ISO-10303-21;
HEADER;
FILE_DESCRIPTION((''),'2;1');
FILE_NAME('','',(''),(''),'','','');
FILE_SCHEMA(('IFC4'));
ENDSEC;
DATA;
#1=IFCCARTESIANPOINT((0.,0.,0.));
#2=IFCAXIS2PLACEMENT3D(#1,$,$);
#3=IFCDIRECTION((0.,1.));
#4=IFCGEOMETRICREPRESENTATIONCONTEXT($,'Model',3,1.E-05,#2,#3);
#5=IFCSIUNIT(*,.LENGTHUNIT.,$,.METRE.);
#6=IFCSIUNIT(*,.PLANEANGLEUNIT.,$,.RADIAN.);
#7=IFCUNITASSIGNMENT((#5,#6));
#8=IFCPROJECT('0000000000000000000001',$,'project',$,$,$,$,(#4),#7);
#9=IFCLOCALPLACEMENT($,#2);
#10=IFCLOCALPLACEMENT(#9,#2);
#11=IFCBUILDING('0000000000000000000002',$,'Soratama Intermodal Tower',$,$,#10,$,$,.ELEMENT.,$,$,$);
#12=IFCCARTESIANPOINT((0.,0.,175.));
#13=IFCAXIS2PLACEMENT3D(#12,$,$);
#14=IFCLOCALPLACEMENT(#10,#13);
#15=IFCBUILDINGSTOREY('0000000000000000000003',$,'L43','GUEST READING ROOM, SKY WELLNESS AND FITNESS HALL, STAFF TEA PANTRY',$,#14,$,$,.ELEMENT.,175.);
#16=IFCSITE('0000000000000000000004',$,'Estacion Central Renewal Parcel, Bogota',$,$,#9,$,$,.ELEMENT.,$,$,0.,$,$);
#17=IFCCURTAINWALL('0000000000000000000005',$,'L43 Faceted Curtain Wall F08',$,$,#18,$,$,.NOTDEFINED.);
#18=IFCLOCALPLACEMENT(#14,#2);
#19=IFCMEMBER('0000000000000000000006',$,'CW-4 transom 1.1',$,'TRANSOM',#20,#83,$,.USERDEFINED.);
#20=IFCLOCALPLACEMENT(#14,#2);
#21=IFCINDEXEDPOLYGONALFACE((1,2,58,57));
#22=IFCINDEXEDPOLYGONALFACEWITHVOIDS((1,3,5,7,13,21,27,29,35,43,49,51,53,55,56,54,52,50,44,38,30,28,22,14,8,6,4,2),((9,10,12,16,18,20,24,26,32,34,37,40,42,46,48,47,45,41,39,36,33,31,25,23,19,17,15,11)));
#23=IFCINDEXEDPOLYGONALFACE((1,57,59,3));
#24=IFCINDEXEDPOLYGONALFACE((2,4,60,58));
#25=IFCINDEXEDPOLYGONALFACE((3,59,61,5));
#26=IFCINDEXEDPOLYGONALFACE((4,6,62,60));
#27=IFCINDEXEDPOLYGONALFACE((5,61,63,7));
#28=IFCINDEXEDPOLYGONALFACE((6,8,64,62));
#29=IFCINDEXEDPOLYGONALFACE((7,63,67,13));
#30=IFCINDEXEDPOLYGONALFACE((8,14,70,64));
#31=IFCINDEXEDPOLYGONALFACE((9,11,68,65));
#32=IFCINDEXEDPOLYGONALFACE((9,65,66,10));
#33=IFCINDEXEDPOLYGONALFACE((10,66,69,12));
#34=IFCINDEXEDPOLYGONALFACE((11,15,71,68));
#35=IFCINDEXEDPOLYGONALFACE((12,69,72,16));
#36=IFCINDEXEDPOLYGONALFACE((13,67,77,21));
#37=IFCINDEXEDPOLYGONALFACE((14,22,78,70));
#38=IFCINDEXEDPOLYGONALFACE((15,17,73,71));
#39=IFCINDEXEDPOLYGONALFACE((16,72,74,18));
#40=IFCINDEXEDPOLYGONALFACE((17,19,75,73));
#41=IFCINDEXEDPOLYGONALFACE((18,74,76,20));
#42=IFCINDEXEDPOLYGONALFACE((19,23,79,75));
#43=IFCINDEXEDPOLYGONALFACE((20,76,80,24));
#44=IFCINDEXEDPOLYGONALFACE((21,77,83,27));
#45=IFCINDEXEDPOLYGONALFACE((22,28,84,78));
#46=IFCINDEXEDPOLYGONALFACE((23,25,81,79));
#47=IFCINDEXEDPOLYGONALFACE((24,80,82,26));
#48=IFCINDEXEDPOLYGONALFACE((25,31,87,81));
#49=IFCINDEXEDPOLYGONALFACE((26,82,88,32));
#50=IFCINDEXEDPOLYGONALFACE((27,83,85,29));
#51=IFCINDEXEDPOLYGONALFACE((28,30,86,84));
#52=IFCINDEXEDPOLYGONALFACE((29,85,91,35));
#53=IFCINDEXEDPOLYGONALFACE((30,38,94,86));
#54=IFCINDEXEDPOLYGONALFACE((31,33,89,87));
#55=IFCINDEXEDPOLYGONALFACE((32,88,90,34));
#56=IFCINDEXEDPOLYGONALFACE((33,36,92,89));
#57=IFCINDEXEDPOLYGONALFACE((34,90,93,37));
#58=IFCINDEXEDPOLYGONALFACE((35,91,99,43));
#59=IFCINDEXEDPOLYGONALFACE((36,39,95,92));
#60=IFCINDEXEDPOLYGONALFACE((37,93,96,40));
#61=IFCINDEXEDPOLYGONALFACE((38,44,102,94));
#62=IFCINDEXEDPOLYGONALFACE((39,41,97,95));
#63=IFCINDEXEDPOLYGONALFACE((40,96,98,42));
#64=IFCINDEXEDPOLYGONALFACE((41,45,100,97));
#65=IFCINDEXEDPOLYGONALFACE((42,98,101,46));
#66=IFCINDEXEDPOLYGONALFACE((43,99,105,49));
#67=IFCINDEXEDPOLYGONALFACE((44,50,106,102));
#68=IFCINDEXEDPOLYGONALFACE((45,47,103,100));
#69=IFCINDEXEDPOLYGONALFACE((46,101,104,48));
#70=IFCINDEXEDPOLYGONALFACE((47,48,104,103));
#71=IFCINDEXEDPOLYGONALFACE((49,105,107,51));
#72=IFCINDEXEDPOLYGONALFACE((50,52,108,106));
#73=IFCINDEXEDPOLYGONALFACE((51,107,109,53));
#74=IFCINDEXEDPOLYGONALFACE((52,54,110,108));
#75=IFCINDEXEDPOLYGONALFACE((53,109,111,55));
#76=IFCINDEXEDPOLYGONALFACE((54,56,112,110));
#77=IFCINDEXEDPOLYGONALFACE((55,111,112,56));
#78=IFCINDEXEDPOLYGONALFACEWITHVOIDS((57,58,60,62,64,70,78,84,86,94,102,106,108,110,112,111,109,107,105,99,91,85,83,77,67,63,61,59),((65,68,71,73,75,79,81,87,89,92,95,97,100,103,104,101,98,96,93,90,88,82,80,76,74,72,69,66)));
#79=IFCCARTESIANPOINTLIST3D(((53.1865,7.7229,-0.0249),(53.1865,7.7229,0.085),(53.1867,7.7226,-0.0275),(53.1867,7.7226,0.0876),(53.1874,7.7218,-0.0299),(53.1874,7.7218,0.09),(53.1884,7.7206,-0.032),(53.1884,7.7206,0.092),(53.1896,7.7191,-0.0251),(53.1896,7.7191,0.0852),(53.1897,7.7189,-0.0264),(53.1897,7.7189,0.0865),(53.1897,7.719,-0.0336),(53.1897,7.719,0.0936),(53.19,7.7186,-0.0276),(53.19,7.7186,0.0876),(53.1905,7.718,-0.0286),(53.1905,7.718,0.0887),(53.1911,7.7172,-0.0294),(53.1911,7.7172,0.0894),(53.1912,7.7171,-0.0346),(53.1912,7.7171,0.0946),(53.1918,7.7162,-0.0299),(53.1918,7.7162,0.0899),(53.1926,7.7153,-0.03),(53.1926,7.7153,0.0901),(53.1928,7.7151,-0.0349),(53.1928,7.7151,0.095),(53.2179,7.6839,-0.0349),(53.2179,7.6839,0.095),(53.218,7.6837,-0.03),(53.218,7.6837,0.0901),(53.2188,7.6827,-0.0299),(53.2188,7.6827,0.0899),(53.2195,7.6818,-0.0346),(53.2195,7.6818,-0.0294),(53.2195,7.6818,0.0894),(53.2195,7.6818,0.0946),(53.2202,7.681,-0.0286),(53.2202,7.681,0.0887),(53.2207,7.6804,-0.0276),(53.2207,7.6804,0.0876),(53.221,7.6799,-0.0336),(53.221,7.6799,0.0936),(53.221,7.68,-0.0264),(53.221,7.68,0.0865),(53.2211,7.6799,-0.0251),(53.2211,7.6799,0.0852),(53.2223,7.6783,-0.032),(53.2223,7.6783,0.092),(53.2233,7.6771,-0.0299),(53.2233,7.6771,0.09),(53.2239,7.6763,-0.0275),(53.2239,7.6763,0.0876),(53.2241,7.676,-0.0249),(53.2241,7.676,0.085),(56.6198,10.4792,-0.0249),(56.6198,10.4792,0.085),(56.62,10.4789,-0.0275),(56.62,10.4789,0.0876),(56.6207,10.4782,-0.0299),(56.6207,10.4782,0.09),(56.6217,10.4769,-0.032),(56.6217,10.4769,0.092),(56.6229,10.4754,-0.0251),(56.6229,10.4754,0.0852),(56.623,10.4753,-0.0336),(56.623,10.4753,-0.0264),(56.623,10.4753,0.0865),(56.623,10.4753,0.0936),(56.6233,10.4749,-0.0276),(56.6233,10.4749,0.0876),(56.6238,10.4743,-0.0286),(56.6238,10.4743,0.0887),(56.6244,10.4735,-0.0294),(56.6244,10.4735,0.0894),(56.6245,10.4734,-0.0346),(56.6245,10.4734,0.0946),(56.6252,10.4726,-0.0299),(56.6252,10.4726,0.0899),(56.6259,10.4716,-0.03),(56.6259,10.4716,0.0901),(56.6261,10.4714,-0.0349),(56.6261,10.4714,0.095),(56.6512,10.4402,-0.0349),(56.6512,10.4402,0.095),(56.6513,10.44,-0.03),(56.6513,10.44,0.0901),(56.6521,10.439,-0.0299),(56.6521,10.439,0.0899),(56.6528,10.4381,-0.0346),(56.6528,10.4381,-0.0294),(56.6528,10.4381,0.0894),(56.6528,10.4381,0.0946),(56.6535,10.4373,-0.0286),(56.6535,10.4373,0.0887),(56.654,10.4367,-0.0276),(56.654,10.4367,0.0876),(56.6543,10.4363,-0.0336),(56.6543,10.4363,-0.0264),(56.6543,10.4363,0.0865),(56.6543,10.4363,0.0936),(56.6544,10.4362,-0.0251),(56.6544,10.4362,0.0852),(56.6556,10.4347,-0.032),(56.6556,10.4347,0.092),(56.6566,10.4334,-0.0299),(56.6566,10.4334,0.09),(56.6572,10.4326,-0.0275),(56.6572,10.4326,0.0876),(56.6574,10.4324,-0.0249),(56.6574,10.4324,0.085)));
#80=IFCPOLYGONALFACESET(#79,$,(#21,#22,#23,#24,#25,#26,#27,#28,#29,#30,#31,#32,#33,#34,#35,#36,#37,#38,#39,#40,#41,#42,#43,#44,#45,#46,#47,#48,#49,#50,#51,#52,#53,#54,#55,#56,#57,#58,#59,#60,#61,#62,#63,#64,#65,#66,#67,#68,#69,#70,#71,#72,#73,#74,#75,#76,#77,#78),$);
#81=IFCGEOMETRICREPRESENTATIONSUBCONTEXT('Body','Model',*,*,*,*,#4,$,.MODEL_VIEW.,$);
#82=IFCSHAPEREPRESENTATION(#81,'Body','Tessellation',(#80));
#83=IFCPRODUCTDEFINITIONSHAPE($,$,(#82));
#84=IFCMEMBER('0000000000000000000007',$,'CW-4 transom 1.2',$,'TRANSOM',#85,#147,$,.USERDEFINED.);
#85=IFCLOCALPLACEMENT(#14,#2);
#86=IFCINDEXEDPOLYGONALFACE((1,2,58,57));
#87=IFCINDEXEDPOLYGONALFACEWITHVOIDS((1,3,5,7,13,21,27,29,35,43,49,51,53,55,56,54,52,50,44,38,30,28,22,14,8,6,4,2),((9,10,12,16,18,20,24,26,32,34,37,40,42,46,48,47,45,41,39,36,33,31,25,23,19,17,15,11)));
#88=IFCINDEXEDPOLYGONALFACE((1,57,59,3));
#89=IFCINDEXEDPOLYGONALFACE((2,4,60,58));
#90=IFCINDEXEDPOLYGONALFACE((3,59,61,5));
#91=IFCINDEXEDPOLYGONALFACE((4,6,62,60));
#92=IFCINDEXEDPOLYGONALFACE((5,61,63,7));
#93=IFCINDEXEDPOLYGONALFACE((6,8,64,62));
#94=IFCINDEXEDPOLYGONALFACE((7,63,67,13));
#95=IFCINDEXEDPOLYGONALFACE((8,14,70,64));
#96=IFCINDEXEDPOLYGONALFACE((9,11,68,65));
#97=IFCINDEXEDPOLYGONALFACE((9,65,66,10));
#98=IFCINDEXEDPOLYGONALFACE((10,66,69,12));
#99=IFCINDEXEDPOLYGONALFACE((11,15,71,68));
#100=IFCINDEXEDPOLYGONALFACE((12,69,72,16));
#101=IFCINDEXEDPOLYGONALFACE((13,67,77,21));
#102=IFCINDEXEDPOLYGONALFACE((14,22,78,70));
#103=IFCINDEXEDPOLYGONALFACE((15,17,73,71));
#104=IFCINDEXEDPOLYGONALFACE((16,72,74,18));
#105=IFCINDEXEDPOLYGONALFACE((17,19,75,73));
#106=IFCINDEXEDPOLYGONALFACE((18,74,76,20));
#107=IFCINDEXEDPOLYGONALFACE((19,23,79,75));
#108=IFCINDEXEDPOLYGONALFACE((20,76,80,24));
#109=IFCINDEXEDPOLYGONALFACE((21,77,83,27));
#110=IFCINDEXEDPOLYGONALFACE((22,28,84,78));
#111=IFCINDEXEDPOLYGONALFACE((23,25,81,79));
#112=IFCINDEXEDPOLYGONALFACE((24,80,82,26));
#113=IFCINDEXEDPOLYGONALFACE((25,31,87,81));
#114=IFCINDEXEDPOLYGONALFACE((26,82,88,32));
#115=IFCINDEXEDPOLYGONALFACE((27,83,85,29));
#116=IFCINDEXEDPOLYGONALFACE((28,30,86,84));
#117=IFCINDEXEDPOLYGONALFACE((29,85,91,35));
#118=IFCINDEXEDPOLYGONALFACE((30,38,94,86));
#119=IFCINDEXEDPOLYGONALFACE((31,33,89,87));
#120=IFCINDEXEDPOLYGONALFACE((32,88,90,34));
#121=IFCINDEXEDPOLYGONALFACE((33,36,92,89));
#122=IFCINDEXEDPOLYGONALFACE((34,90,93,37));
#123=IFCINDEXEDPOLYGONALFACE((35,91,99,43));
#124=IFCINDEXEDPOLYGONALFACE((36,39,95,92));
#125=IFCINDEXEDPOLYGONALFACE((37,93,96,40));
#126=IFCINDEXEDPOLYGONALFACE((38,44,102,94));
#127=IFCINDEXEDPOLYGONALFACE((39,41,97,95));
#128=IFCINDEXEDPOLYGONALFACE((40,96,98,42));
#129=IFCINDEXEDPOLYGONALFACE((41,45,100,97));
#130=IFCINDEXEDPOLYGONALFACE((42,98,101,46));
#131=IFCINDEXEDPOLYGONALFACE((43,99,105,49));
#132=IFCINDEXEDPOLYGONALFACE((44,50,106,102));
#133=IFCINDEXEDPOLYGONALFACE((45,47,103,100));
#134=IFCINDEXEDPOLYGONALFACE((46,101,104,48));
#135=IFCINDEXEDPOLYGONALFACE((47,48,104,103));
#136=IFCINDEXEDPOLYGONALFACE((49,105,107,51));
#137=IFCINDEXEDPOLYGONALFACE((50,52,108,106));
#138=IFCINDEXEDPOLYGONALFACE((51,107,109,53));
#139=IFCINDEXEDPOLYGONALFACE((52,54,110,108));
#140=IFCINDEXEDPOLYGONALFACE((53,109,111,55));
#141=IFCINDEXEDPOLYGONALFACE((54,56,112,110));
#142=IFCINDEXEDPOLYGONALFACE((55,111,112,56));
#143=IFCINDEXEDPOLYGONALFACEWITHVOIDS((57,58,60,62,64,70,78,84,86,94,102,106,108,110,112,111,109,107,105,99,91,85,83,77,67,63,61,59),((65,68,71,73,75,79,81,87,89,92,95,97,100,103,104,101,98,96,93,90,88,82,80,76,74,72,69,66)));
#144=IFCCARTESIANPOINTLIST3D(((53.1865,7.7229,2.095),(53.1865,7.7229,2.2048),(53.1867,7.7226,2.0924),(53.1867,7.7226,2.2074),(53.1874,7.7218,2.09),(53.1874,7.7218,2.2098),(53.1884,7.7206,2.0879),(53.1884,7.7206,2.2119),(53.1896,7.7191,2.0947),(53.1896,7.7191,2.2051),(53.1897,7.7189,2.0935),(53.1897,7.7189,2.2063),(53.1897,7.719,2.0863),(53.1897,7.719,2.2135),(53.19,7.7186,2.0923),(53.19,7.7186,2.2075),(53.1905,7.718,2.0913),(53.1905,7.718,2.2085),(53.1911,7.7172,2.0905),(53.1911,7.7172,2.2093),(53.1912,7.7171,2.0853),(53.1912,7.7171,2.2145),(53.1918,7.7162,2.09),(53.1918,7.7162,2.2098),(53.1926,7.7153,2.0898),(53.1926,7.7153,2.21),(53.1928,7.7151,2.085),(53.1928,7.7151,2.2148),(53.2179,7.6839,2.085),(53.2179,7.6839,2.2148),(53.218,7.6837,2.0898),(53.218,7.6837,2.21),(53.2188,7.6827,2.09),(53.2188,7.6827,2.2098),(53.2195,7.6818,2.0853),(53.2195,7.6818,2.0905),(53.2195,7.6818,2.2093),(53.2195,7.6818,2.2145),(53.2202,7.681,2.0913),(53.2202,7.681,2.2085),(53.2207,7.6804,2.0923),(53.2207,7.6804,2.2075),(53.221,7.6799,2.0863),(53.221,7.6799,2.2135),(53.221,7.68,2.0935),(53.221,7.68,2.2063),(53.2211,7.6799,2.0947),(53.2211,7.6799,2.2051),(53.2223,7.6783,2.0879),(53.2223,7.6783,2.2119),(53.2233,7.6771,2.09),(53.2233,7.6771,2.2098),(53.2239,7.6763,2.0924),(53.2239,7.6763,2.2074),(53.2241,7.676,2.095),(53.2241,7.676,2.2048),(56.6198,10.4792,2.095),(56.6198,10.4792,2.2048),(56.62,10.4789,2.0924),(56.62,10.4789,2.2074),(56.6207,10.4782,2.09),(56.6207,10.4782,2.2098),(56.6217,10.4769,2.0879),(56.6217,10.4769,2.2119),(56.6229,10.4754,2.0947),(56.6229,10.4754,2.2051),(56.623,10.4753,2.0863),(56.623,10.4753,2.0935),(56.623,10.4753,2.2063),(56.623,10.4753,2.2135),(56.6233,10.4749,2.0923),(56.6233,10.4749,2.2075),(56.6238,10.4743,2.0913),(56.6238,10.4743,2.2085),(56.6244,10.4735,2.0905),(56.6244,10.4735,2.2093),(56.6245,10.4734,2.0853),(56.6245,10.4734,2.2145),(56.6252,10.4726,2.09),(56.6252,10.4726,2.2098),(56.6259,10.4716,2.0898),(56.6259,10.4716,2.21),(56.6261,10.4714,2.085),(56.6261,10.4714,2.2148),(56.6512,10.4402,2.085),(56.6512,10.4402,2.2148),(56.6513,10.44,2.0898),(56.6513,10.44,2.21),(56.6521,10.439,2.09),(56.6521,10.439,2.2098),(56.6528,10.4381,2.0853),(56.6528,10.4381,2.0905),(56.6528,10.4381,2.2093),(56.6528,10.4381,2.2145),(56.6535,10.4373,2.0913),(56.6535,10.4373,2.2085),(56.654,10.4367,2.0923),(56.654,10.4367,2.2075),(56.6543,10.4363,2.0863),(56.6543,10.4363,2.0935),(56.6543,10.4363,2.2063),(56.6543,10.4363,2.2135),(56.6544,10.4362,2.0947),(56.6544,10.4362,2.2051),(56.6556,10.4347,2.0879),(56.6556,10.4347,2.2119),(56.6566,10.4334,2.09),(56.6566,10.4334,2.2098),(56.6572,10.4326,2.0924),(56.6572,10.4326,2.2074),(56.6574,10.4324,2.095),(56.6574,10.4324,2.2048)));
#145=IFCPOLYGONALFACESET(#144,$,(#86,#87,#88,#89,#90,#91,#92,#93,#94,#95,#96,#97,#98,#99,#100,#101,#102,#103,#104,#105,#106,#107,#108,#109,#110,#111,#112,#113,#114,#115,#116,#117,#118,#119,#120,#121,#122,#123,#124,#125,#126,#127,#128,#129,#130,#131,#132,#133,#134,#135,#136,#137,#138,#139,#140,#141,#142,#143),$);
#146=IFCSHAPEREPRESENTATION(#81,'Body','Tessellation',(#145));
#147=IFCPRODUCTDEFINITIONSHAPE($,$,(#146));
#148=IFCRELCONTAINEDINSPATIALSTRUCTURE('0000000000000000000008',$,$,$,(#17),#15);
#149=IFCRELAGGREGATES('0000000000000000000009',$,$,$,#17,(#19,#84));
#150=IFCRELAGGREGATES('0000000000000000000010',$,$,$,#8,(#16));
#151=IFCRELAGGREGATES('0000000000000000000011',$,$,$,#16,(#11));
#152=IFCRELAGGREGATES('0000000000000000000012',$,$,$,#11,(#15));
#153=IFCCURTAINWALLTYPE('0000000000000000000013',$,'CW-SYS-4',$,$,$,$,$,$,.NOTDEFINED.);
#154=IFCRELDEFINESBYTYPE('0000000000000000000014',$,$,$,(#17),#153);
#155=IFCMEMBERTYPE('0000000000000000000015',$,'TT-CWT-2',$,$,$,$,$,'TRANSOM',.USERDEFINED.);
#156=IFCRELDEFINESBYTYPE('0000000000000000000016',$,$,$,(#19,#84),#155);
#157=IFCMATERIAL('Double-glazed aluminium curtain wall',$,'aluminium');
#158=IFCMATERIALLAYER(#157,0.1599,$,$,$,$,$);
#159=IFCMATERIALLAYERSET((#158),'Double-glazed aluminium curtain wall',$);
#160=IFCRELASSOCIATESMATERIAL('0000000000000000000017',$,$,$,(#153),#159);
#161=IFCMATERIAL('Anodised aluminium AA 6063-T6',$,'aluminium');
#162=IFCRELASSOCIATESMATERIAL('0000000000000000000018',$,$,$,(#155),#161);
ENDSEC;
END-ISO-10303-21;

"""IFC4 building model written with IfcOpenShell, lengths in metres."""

from ifc_helpers import new_model, si_unit, direction, frame, origin, origin_2d, place, context, subcontext, project, spatial, hollow_rectangle, extrude, material, layer, layer_set, material_profile, profile_set, type_object, element, aggregate, save


model = new_model("IFC4")

# Units and contexts
model_context = context("Model", 3, precision=1e-05, world=origin(), true_north=direction((0.0, 1.0)))
body_context = subcontext(model_context, "Body", "Model", "MODEL_VIEW")
ifc_project = project(units=[si_unit("LENGTHUNIT", "METRE"), si_unit("PLANEANGLEUNIT", "RADIAN")], contexts=[model_context])

# Site, building, storey
site_placement = place(None, origin())
site = spatial("IfcSite", under=ifc_project, at=site_placement, Name="Estacion Central Renewal Parcel, Bogota", CompositionType="ELEMENT", RefElevation=0.0)
building_placement = place(site_placement, origin())
building = spatial("IfcBuilding", under=site, at=building_placement, Name="Soratama Intermodal Tower", CompositionType="ELEMENT")
storey_placement = place(building_placement, frame((0.0, 0.0, 175.0)))
storey = spatial("IfcBuildingStorey", under=building, at=storey_placement, Name="L43", Description="GUEST READING ROOM, SKY WELLNESS AND FITNESS HALL, STAFF TEA PANTRY", CompositionType="ELEMENT", Elevation=175.0)

# Curtain wall, members
ifc_material_1 = material(Name="Double-glazed aluminium curtain wall", Category="aluminium")
ifc_layer_1 = layer(ifc_material_1, 0.1599)
ifc_layer_set_1 = layer_set([ifc_layer_1], Name="Double-glazed aluminium curtain wall")
curtain_wall_type = type_object("IfcCurtainWallType", Name="CW-SYS-4", PredefinedType="NOTDEFINED", material=ifc_layer_set_1)
curtain_wall_placement = place(storey_placement, origin())
curtain_wall = element("IfcCurtainWall", 1, at=curtain_wall_placement, inside=storey, type_object=curtain_wall_type, Name="L43 Faceted Curtain Wall F08", PredefinedType="NOTDEFINED")
ifc_material_2 = material(Name="Anodised aluminium AA 6063-T6", Category="aluminium")
ifc_material_profile_1 = material_profile(ifc_material_2, hollow_rectangle(XDim=0.0601, YDim=0.1299, WallThickness=0.0049, InnerFilletRadius=0.0049, OuterFilletRadius=0.01, at=origin_2d()), Name="CWT130X60X5")
ifc_profile_set_1 = profile_set([ifc_material_profile_1], Name="Anodised aluminium AA 6063-T6")
member_type_1 = type_object("IfcMemberType", Name="TT-CWT-2", ElementType="TRANSOM", PredefinedType="USERDEFINED", material=ifc_profile_set_1)
member_1_placement = place(storey_placement, frame((53.2053, 7.6995, 0.03), z_axis=(0.779797, 0.626033, 0.0), x_axis=(-0.626033, 0.779797, 0.0)))
member_1 = element("IfcMember", 2, at=member_1_placement, type_object=member_type_1, Name="CW-4 transom 1.1", ObjectType="TRANSOM", PredefinedType="USERDEFINED", context=body_context, shape_type="SweptSolid", body=[
    extrude(hollow_rectangle(XDim=0.0601, YDim=0.1299, WallThickness=0.0049, InnerFilletRadius=0.0049, OuterFilletRadius=0.01, at=origin_2d()), origin(), (0.0, 0.0, 1.0), 4.4028),
])
member_2_placement = place(storey_placement, frame((53.2053, 7.6995, 2.1499), z_axis=(0.779797, 0.626033, 0.0), x_axis=(-0.626033, 0.779797, 0.0)))
member_2 = element("IfcMember", 3, at=member_2_placement, type_object=member_type_1, Name="CW-4 transom 1.2", ObjectType="TRANSOM", PredefinedType="USERDEFINED", context=body_context, shape_type="SweptSolid", body=[
    extrude(hollow_rectangle(XDim=0.0601, YDim=0.1299, WallThickness=0.0049, InnerFilletRadius=0.0049, OuterFilletRadius=0.01, at=origin_2d()), origin(), (0.0, 0.0, 1.0), 4.4028),
])
aggregate(curtain_wall, [member_1, member_2])

save(model, "model.ifc")
